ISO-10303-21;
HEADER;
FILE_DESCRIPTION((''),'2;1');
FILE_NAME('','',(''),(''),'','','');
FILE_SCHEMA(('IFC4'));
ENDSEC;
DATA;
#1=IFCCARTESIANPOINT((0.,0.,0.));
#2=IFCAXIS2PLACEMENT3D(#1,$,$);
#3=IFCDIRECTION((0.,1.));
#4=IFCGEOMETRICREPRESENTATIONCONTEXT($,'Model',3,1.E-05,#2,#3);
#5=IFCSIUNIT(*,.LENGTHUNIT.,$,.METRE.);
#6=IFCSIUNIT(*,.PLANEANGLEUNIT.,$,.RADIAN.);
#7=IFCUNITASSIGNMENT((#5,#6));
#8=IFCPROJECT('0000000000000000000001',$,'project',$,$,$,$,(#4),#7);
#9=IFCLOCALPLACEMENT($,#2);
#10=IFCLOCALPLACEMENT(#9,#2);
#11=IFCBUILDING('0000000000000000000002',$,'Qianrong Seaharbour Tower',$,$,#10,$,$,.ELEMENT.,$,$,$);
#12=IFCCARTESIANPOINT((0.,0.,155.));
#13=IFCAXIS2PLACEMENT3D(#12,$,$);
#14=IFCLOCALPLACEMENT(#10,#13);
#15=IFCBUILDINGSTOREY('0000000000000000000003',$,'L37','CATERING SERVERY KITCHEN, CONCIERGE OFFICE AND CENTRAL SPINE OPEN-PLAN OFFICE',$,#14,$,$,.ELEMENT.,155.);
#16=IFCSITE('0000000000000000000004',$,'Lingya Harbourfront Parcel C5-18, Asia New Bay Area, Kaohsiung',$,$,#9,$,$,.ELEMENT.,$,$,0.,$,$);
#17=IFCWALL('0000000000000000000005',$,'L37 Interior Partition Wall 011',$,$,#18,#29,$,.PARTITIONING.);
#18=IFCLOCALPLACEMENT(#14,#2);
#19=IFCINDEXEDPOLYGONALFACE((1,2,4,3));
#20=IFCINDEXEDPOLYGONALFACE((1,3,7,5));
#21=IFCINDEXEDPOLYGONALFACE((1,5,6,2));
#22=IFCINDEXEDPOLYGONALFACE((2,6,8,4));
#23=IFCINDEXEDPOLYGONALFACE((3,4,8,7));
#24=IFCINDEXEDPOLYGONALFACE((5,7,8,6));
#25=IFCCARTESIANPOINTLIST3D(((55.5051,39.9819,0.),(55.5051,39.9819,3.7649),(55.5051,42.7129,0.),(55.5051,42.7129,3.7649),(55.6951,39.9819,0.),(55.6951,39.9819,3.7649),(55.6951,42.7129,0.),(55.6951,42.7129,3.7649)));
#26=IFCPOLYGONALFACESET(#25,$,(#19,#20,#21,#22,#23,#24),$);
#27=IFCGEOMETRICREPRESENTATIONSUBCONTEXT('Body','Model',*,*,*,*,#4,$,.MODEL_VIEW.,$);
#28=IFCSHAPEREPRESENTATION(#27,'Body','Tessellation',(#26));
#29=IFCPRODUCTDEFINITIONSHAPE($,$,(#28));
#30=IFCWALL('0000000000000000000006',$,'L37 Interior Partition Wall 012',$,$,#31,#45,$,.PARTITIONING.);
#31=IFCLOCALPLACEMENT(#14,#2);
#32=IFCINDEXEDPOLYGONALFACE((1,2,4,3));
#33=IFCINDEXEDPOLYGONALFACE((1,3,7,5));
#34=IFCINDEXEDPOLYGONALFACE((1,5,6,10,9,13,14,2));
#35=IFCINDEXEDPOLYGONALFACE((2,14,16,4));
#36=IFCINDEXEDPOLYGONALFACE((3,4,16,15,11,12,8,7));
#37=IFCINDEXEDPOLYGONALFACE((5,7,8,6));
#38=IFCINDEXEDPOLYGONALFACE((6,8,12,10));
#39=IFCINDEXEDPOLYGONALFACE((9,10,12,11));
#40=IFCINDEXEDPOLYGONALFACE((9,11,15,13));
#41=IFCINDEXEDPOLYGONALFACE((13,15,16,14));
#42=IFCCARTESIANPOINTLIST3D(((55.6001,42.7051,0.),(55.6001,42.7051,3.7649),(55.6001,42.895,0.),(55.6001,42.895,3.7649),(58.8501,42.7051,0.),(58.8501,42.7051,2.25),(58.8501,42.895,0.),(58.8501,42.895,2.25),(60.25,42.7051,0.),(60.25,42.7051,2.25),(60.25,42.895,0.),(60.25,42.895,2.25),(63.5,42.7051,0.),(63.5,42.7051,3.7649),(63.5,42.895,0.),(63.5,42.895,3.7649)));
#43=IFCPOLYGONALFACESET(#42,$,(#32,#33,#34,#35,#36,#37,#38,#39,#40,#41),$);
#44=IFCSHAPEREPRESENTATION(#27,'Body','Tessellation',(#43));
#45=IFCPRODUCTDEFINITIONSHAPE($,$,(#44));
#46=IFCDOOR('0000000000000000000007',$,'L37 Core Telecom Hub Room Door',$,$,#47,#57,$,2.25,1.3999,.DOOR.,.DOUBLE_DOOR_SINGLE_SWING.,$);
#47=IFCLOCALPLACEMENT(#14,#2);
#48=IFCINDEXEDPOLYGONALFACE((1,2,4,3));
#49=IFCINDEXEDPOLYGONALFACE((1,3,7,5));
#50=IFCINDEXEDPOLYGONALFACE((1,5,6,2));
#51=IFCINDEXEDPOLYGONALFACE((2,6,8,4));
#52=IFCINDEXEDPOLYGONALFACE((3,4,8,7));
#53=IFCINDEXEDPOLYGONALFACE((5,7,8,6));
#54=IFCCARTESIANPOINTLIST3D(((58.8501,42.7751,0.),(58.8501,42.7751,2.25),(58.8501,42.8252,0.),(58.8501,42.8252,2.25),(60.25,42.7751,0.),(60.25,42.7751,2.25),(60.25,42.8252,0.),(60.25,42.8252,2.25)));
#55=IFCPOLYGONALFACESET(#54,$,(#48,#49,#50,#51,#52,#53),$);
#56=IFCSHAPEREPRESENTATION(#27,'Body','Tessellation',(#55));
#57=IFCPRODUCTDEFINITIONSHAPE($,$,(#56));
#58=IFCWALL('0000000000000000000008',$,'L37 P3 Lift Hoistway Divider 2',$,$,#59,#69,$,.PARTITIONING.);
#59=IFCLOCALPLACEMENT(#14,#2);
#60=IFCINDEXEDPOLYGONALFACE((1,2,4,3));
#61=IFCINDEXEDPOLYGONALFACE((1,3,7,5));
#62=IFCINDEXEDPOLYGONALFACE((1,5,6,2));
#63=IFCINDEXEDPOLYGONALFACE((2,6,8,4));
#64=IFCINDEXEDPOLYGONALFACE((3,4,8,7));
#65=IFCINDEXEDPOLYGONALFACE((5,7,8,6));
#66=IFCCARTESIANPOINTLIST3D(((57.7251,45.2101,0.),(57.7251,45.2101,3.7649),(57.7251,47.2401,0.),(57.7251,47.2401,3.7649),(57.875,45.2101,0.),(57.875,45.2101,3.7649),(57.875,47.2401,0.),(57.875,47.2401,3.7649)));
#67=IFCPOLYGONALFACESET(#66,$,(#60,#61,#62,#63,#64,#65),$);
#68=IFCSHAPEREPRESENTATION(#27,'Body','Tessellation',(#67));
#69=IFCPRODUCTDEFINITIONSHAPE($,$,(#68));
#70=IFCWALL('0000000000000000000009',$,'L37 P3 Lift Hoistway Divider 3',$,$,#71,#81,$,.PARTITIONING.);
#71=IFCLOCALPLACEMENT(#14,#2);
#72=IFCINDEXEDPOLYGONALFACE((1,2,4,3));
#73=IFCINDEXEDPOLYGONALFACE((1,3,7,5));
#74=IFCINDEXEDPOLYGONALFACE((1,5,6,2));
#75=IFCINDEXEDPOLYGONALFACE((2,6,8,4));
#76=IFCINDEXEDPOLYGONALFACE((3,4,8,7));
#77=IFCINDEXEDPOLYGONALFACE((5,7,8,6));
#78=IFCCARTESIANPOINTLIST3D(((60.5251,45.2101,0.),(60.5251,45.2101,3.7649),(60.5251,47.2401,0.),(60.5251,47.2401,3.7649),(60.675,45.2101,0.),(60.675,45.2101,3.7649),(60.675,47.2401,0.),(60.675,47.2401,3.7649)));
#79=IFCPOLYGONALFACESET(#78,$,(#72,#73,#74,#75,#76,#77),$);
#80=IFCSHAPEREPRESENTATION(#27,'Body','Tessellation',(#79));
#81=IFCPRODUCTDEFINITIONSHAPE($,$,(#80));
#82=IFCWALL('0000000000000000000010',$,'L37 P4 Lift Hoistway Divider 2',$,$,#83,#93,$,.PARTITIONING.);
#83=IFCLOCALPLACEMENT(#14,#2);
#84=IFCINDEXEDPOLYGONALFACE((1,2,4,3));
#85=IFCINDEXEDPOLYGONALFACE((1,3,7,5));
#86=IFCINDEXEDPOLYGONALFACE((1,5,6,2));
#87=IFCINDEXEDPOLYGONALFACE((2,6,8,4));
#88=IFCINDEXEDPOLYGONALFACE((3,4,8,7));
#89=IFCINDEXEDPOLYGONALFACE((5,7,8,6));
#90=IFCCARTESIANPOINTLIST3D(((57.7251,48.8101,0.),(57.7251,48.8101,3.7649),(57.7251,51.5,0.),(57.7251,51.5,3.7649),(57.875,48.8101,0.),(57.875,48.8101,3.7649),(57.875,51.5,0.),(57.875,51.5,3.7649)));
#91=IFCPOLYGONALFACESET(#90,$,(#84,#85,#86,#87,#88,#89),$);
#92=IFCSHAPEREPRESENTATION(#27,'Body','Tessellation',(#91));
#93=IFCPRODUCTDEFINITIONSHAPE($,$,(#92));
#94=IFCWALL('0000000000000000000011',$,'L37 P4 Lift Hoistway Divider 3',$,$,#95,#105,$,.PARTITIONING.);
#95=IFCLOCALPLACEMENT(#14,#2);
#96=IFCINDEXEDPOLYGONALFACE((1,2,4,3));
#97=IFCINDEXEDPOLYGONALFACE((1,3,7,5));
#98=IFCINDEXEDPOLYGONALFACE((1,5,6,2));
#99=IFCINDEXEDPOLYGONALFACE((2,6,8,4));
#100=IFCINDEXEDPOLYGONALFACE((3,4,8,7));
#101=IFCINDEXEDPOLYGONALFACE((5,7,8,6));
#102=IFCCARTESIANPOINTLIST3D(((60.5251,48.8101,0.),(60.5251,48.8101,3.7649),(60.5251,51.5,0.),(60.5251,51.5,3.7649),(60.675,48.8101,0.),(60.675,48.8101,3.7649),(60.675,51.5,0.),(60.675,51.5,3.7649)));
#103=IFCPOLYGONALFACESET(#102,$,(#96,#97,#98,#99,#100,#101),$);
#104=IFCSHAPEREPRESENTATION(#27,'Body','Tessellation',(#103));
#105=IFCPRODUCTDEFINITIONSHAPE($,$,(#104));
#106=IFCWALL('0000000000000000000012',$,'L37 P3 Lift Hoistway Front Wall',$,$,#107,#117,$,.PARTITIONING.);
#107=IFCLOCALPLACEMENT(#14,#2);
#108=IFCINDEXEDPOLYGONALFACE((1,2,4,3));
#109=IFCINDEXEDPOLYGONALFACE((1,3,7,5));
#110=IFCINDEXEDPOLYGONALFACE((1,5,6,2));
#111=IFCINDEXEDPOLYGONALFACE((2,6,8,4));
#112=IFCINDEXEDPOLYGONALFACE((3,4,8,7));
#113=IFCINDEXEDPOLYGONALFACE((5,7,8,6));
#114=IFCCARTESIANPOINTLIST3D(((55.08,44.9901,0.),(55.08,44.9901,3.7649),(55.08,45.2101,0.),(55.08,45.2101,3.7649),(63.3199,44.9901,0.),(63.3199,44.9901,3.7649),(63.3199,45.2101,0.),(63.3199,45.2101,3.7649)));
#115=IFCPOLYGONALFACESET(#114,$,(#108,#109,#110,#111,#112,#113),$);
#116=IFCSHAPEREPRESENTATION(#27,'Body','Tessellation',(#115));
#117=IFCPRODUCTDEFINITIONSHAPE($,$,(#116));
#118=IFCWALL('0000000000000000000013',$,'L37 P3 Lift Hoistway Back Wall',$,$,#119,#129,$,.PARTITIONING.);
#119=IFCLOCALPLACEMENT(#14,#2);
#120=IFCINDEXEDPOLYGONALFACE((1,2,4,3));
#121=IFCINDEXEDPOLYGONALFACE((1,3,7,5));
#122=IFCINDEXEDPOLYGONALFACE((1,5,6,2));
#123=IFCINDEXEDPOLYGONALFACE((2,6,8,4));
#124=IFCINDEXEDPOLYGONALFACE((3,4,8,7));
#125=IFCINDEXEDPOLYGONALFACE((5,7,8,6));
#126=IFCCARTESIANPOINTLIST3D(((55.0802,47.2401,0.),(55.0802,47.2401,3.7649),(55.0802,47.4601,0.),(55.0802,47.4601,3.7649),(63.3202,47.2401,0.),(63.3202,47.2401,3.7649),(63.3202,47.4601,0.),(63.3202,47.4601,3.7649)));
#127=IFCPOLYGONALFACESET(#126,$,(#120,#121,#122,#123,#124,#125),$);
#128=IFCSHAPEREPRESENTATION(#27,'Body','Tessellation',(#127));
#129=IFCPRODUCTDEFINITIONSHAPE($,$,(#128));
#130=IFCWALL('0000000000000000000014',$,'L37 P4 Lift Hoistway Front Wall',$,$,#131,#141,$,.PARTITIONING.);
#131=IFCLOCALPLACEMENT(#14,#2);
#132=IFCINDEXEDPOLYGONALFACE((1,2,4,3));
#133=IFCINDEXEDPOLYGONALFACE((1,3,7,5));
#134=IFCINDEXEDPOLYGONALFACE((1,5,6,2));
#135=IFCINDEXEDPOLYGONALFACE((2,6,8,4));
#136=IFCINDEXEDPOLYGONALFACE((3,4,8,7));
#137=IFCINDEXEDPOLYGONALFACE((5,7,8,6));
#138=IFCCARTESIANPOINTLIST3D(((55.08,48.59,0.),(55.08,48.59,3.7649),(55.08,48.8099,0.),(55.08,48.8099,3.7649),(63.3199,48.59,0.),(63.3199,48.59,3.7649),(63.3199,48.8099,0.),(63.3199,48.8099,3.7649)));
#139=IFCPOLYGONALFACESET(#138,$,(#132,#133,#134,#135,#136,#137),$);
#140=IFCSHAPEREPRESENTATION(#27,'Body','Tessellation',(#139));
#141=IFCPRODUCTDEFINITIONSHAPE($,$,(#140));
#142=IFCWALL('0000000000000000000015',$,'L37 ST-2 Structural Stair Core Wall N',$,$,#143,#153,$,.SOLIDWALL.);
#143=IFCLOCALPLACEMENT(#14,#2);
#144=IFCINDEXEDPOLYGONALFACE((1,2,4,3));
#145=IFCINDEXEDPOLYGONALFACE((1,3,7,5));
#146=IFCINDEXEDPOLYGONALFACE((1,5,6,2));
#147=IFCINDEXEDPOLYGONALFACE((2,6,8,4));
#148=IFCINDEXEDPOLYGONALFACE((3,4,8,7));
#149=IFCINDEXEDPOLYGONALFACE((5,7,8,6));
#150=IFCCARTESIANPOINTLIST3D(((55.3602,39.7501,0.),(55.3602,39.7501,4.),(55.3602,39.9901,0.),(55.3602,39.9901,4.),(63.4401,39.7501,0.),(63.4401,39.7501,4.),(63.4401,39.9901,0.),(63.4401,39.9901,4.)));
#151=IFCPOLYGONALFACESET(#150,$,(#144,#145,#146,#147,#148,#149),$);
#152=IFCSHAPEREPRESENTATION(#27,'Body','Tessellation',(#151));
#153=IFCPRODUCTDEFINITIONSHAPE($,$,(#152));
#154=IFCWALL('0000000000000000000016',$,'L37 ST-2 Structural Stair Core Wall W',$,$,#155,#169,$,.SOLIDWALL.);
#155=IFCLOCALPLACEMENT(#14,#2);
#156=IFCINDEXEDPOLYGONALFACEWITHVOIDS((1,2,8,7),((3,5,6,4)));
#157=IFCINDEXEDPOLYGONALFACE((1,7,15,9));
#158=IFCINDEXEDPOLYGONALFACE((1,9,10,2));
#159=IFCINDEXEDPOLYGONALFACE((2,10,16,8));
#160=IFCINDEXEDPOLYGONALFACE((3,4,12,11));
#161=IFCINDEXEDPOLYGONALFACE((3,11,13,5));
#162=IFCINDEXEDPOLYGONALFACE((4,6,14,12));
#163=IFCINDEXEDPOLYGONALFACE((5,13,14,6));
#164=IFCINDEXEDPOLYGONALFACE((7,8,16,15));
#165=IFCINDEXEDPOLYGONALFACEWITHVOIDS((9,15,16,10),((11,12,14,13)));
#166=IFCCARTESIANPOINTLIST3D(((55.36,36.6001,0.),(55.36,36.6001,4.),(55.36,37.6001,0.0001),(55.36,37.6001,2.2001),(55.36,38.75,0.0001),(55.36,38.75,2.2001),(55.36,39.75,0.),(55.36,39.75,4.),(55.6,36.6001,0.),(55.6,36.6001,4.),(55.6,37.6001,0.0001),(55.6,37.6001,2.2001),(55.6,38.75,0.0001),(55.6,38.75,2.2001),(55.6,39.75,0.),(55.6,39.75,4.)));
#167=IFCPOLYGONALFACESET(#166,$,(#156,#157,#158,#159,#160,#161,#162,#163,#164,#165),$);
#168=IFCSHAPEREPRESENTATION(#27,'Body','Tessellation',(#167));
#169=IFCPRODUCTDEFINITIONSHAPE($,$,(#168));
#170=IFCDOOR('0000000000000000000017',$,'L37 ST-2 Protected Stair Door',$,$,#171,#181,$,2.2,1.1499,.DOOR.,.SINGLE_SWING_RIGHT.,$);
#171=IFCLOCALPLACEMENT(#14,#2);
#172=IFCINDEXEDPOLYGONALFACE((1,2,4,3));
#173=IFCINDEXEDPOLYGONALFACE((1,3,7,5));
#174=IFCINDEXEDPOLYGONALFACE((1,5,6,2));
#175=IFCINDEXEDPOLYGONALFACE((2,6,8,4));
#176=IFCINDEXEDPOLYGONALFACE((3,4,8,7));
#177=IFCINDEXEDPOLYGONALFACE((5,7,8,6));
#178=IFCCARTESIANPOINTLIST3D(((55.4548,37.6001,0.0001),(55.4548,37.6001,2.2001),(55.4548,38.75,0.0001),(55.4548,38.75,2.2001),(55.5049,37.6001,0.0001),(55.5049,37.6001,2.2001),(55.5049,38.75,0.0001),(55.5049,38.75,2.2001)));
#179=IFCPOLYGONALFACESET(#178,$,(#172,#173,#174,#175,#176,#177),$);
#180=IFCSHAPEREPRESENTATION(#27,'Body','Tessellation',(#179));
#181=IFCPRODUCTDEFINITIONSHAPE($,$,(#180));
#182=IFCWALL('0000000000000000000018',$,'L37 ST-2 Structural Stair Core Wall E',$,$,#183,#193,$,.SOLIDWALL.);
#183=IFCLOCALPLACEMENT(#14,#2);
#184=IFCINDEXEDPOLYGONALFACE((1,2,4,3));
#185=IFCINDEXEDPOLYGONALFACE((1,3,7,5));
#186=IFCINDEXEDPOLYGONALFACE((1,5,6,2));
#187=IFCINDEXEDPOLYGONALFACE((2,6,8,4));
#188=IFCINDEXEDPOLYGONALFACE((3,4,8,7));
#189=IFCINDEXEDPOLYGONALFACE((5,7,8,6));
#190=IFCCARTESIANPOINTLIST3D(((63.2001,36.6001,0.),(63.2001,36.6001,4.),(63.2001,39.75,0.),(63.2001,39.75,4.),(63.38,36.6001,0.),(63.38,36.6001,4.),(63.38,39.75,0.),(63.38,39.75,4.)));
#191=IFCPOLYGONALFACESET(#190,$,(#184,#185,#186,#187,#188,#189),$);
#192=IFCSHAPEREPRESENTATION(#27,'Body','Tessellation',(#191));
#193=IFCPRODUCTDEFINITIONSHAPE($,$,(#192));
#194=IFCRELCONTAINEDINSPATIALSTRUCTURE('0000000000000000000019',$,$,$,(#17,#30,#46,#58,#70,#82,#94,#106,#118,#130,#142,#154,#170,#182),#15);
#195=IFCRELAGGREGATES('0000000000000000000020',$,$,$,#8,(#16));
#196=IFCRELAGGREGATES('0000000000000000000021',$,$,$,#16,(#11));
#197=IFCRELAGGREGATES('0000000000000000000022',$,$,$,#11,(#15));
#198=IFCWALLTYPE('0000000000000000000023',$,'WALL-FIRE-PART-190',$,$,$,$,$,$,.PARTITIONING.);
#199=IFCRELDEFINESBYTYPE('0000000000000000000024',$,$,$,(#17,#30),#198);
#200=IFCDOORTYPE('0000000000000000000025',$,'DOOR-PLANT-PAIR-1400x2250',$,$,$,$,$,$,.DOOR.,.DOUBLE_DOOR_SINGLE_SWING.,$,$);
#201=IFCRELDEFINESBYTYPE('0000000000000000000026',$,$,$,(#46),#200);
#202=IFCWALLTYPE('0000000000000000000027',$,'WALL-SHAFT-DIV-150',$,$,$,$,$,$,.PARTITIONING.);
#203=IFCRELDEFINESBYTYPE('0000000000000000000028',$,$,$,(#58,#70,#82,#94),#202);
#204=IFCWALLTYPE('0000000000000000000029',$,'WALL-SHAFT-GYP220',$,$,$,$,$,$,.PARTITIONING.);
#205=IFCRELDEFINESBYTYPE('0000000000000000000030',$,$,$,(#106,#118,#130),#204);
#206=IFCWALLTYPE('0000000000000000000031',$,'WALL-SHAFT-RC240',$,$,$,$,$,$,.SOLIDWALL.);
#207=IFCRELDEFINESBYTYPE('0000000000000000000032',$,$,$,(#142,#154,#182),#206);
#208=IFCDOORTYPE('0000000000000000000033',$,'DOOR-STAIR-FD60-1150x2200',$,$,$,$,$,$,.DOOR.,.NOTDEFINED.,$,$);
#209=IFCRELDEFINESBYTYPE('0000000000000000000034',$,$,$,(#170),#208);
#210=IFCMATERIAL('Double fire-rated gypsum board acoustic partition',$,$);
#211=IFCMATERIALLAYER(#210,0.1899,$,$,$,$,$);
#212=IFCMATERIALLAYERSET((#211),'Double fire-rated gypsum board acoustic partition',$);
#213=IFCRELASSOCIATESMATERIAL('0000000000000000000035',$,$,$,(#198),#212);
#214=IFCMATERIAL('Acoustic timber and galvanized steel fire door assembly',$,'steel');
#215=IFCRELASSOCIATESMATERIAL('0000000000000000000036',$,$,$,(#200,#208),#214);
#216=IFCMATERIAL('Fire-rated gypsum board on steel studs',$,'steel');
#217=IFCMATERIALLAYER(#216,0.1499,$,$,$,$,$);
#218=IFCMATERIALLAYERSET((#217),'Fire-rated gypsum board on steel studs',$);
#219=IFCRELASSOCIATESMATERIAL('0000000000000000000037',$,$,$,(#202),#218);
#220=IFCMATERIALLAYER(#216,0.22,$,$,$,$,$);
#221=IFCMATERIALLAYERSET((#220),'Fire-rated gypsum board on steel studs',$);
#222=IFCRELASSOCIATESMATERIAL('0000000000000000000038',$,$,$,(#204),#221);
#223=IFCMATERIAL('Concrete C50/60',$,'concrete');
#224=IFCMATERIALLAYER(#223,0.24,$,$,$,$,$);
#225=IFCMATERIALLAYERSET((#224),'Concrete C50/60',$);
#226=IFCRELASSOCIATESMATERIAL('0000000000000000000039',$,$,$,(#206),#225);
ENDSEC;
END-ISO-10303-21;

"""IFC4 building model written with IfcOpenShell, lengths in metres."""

from ifc_helpers import new_model, si_unit, direction, frame, frame_2d, origin, place, context, subcontext, project, spatial, rectangle, extrude, material, layer, layer_set, type_object, element, fill, save


model = new_model("IFC4")

# Units and contexts
model_context = context("Model", 3, precision=1e-05, world=origin(), true_north=direction((0.0, 1.0)))
body_context = subcontext(model_context, "Body", "Model", "MODEL_VIEW")
ifc_project = project(units=[si_unit("LENGTHUNIT", "METRE"), si_unit("PLANEANGLEUNIT", "RADIAN")], contexts=[model_context])

# Site, building, storey
site_placement = place(None, origin())
site = spatial("IfcSite", under=ifc_project, at=site_placement, Name="Lingya Harbourfront Parcel C5-18, Asia New Bay Area, Kaohsiung", CompositionType="ELEMENT", RefElevation=0.0)
building_placement = place(site_placement, origin())
building = spatial("IfcBuilding", under=site, at=building_placement, Name="Qianrong Seaharbour Tower", CompositionType="ELEMENT")
storey_placement = place(building_placement, frame((0.0, 0.0, 155.0)))
storey = spatial("IfcBuildingStorey", under=building, at=storey_placement, Name="L37", Description="CATERING SERVERY KITCHEN, CONCIERGE OFFICE AND CENTRAL SPINE OPEN-PLAN OFFICE", CompositionType="ELEMENT", Elevation=155.0)

# Wall
ifc_material_1 = material(Name="Double fire-rated gypsum board acoustic partition")
ifc_layer_1 = layer(ifc_material_1, 0.1899)
ifc_layer_set_1 = layer_set([ifc_layer_1], Name="Double fire-rated gypsum board acoustic partition")
wall_type_1 = type_object("IfcWallType", Name="WALL-FIRE-PART-190", PredefinedType="PARTITIONING", material=ifc_layer_set_1)
wall_1_placement = place(storey_placement, frame((55.6001, 42.7129, 0.0), z_axis=(0.0, 0.0, 1.0), x_axis=(0.0, -1.0, 0.0)))
element("IfcWall", 1, at=wall_1_placement, inside=storey, type_object=wall_type_1, Name="L37 Interior Partition Wall 011", PredefinedType="PARTITIONING", context=body_context, shape_type="SweptSolid", body=[
    extrude(rectangle(XDim=2.731, YDim=0.1899, at=frame_2d((1.3655, 0.0))), origin(), (0.0, 0.0, 1.0), 3.7649),
])

# Wall, opening, door
wall_2_placement = place(storey_placement, frame((63.5, 42.8, 0.0), z_axis=(0.0, 0.0, 1.0), x_axis=(-1.0, 0.0, 0.0)))
wall_2 = element("IfcWall", 2, at=wall_2_placement, inside=storey, type_object=wall_type_1, Name="L37 Interior Partition Wall 012", PredefinedType="PARTITIONING", context=body_context, shape_type="SweptSolid", body=[
    extrude(rectangle(XDim=7.8999, YDim=0.1899, at=frame_2d((3.95, 0.0))), origin(), (0.0, 0.0, 1.0), 3.7649),
])
opening_1_placement = place(wall_2_placement, frame((3.25, 0.0, 0.0)))
opening_1 = element("IfcOpeningElement", 3, at=opening_1_placement, cuts=wall_2, PredefinedType="OPENING", context=body_context, shape_type="SweptSolid", body=[
    extrude(rectangle(XDim=1.3999, YDim=2.25, at=frame_2d((0.7, 1.125))), frame((0.0, 0.105, 0.0), z_axis=(0.0, -1.0, 0.0), x_axis=(1.0, 0.0, 0.0)), (0.0, 0.0, 1.0), 0.21),
])
ifc_material_2 = material(Name="Acoustic timber and galvanized steel fire door assembly", Category="steel")
door_type_1 = type_object("IfcDoorType", Name="DOOR-PLANT-PAIR-1400x2250", OperationType="DOUBLE_DOOR_SINGLE_SWING", PredefinedType="DOOR", material=ifc_material_2)
door_1_placement = place(opening_1_placement, origin())
door_1 = element("IfcDoor", 4, at=door_1_placement, inside=storey, type_object=door_type_1, Name="L37 Core Telecom Hub Room Door", OperationType="DOUBLE_DOOR_SINGLE_SWING", OverallHeight=2.25, OverallWidth=1.3999, PredefinedType="DOOR", context=body_context, shape_type="SweptSolid", body=[
    extrude(rectangle(XDim=1.3999, YDim=2.25, at=frame_2d((0.7, 1.125))), frame((0.0, 0.0249, 0.0), z_axis=(0.0, -1.0, 0.0), x_axis=(1.0, 0.0, 0.0)), (0.0, 0.0, 1.0), 0.05),
])
fill(opening_1, door_1)

# Walls
ifc_material_3 = material(Name="Fire-rated gypsum board on steel studs", Category="steel")
ifc_layer_2 = layer(ifc_material_3, 0.1499)
ifc_layer_set_2 = layer_set([ifc_layer_2], Name="Fire-rated gypsum board on steel studs")
wall_type_2 = type_object("IfcWallType", Name="WALL-SHAFT-DIV-150", PredefinedType="PARTITIONING", material=ifc_layer_set_2)
for number, where, z_axis, x_axis, name in (
    (5, (57.8, 45.21, 0.0), (0.0, 0.0, 1.0), (0.0, 1.0, 0.0), "L37 P3 Lift Hoistway Divider 2"),
    (6, (60.6001, 45.21, 0.0), (0.0, 0.0, 1.0), (0.0, 1.0, 0.0), "L37 P3 Lift Hoistway Divider 3"),
):
    element("IfcWall", number, at=place(storey_placement, frame(where, z_axis=z_axis, x_axis=x_axis)), inside=storey, type_object=wall_type_2, Name=name, PredefinedType="PARTITIONING", context=body_context, shape_type="SweptSolid", body=[
        extrude(rectangle(XDim=2.03, YDim=0.1499, at=frame_2d((1.0151, 0.0))), origin(), (0.0, 0.0, 1.0), 3.7649),
    ])
for number, where, z_axis, x_axis, name in (
    (7, (57.8, 48.8101, 0.0), (0.0, 0.0, 1.0), (0.0, 1.0, 0.0), "L37 P4 Lift Hoistway Divider 2"),
    (8, (60.6001, 48.8101, 0.0), (0.0, 0.0, 1.0), (0.0, 1.0, 0.0), "L37 P4 Lift Hoistway Divider 3"),
):
    element("IfcWall", number, at=place(storey_placement, frame(where, z_axis=z_axis, x_axis=x_axis)), inside=storey, type_object=wall_type_2, Name=name, PredefinedType="PARTITIONING", context=body_context, shape_type="SweptSolid", body=[
        extrude(rectangle(XDim=2.6899, YDim=0.1499, at=frame_2d((1.345, 0.0))), origin(), (0.0, 0.0, 1.0), 3.7649),
    ])
ifc_layer_3 = layer(ifc_material_3, 0.22)
ifc_layer_set_3 = layer_set([ifc_layer_3], Name="Fire-rated gypsum board on steel studs")
wall_type_3 = type_object("IfcWallType", Name="WALL-SHAFT-GYP220", PredefinedType="PARTITIONING", material=ifc_layer_set_3)
for number, where, z_axis, x_axis, name in (
    (9, (63.3201, 45.1001, 0.0), (0.0, 0.0, 1.0), (-1.0, 0.0, 0.0), "L37 P3 Lift Hoistway Front Wall"),
    (10, (55.0801, 47.3501, 0.0), (0.0, 0.0, 1.0), (1.0, 0.0, 0.0), "L37 P3 Lift Hoistway Back Wall"),
    (11, (63.3201, 48.7, 0.0), (0.0, 0.0, 1.0), (-1.0, 0.0, 0.0), "L37 P4 Lift Hoistway Front Wall"),
):
    element("IfcWall", number, at=place(storey_placement, frame(where, z_axis=z_axis, x_axis=x_axis)), inside=storey, type_object=wall_type_3, Name=name, PredefinedType="PARTITIONING", context=body_context, shape_type="SweptSolid", body=[
        extrude(rectangle(XDim=8.24, YDim=0.22, at=frame_2d((4.1201, 0.0))), origin(), (0.0, 0.0, 1.0), 3.7649),
    ])
ifc_material_4 = material(Name="Concrete C50/60", Category="concrete")
ifc_layer_4 = layer(ifc_material_4, 0.24)
ifc_layer_set_4 = layer_set([ifc_layer_4], Name="Concrete C50/60")
wall_type_4 = type_object("IfcWallType", Name="WALL-SHAFT-RC240", PredefinedType="SOLIDWALL", material=ifc_layer_set_4)
wall_3_placement = place(storey_placement, frame((55.3601, 39.8701, 0.0), z_axis=(0.0, 0.0, 1.0), x_axis=(1.0, 0.0, 0.0)))
element("IfcWall", 12, at=wall_3_placement, inside=storey, type_object=wall_type_4, Name="L37 ST-2 Structural Stair Core Wall N", PredefinedType="SOLIDWALL", context=body_context, shape_type="SweptSolid", body=[
    extrude(rectangle(XDim=8.0798, YDim=0.24, at=frame_2d((4.04, 0.0))), origin(), (0.0, 0.0, 1.0), 4.0),
])

# Wall, opening, door
wall_4_placement = place(storey_placement, frame((55.48, 39.75, 0.0), z_axis=(0.0, 0.0, 1.0), x_axis=(0.0, -1.0, 0.0)))
wall_4 = element("IfcWall", 13, at=wall_4_placement, inside=storey, type_object=wall_type_4, Name="L37 ST-2 Structural Stair Core Wall W", PredefinedType="SOLIDWALL", context=body_context, shape_type="SweptSolid", body=[
    extrude(rectangle(XDim=3.1499, YDim=0.24, at=frame_2d((1.575, 0.0))), origin(), (0.0, 0.0, 1.0), 4.0),
])
opening_2_placement = place(wall_4_placement, frame((1.0, 0.0, 0.0)))
opening_2 = element("IfcOpeningElement", 14, at=opening_2_placement, cuts=wall_4, PredefinedType="OPENING", context=body_context, shape_type="SweptSolid", body=[
    extrude(rectangle(XDim=1.1499, YDim=2.2, at=frame_2d((0.575, 1.1001))), frame((0.0, 0.1299, 0.0), z_axis=(0.0, -1.0, 0.0), x_axis=(1.0, 0.0, 0.0)), (0.0, 0.0, 1.0), 0.26),
])
door_type_2 = type_object("IfcDoorType", Name="DOOR-STAIR-FD60-1150x2200", OperationType="NOTDEFINED", PredefinedType="DOOR", material=ifc_material_2)
door_2_placement = place(opening_2_placement, origin())
door_2 = element("IfcDoor", 15, at=door_2_placement, inside=storey, type_object=door_type_2, Name="L37 ST-2 Protected Stair Door", OperationType="SINGLE_SWING_RIGHT", OverallHeight=2.2, OverallWidth=1.1499, PredefinedType="DOOR", context=body_context, shape_type="SweptSolid", body=[
    extrude(rectangle(XDim=1.1499, YDim=2.2, at=frame_2d((0.575, 1.1001))), frame((0.0, 0.0249, 0.0), z_axis=(0.0, -1.0, 0.0), x_axis=(1.0, 0.0, 0.0)), (0.0, 0.0, 1.0), 0.05),
])
fill(opening_2, door_2)

# Wall
wall_5_placement = place(storey_placement, frame((63.29, 36.6001, 0.0), z_axis=(0.0, 0.0, 1.0), x_axis=(0.0, 1.0, 0.0)))
element("IfcWall", 16, at=wall_5_placement, inside=storey, type_object=wall_type_4, Name="L37 ST-2 Structural Stair Core Wall E", PredefinedType="SOLIDWALL", context=body_context, shape_type="SweptSolid", body=[
    extrude(rectangle(XDim=3.1499, YDim=0.1799, at=frame_2d((1.575, 0.0))), origin(), (0.0, 0.0, 1.0), 4.0),
])

save(model, "model.ifc")
